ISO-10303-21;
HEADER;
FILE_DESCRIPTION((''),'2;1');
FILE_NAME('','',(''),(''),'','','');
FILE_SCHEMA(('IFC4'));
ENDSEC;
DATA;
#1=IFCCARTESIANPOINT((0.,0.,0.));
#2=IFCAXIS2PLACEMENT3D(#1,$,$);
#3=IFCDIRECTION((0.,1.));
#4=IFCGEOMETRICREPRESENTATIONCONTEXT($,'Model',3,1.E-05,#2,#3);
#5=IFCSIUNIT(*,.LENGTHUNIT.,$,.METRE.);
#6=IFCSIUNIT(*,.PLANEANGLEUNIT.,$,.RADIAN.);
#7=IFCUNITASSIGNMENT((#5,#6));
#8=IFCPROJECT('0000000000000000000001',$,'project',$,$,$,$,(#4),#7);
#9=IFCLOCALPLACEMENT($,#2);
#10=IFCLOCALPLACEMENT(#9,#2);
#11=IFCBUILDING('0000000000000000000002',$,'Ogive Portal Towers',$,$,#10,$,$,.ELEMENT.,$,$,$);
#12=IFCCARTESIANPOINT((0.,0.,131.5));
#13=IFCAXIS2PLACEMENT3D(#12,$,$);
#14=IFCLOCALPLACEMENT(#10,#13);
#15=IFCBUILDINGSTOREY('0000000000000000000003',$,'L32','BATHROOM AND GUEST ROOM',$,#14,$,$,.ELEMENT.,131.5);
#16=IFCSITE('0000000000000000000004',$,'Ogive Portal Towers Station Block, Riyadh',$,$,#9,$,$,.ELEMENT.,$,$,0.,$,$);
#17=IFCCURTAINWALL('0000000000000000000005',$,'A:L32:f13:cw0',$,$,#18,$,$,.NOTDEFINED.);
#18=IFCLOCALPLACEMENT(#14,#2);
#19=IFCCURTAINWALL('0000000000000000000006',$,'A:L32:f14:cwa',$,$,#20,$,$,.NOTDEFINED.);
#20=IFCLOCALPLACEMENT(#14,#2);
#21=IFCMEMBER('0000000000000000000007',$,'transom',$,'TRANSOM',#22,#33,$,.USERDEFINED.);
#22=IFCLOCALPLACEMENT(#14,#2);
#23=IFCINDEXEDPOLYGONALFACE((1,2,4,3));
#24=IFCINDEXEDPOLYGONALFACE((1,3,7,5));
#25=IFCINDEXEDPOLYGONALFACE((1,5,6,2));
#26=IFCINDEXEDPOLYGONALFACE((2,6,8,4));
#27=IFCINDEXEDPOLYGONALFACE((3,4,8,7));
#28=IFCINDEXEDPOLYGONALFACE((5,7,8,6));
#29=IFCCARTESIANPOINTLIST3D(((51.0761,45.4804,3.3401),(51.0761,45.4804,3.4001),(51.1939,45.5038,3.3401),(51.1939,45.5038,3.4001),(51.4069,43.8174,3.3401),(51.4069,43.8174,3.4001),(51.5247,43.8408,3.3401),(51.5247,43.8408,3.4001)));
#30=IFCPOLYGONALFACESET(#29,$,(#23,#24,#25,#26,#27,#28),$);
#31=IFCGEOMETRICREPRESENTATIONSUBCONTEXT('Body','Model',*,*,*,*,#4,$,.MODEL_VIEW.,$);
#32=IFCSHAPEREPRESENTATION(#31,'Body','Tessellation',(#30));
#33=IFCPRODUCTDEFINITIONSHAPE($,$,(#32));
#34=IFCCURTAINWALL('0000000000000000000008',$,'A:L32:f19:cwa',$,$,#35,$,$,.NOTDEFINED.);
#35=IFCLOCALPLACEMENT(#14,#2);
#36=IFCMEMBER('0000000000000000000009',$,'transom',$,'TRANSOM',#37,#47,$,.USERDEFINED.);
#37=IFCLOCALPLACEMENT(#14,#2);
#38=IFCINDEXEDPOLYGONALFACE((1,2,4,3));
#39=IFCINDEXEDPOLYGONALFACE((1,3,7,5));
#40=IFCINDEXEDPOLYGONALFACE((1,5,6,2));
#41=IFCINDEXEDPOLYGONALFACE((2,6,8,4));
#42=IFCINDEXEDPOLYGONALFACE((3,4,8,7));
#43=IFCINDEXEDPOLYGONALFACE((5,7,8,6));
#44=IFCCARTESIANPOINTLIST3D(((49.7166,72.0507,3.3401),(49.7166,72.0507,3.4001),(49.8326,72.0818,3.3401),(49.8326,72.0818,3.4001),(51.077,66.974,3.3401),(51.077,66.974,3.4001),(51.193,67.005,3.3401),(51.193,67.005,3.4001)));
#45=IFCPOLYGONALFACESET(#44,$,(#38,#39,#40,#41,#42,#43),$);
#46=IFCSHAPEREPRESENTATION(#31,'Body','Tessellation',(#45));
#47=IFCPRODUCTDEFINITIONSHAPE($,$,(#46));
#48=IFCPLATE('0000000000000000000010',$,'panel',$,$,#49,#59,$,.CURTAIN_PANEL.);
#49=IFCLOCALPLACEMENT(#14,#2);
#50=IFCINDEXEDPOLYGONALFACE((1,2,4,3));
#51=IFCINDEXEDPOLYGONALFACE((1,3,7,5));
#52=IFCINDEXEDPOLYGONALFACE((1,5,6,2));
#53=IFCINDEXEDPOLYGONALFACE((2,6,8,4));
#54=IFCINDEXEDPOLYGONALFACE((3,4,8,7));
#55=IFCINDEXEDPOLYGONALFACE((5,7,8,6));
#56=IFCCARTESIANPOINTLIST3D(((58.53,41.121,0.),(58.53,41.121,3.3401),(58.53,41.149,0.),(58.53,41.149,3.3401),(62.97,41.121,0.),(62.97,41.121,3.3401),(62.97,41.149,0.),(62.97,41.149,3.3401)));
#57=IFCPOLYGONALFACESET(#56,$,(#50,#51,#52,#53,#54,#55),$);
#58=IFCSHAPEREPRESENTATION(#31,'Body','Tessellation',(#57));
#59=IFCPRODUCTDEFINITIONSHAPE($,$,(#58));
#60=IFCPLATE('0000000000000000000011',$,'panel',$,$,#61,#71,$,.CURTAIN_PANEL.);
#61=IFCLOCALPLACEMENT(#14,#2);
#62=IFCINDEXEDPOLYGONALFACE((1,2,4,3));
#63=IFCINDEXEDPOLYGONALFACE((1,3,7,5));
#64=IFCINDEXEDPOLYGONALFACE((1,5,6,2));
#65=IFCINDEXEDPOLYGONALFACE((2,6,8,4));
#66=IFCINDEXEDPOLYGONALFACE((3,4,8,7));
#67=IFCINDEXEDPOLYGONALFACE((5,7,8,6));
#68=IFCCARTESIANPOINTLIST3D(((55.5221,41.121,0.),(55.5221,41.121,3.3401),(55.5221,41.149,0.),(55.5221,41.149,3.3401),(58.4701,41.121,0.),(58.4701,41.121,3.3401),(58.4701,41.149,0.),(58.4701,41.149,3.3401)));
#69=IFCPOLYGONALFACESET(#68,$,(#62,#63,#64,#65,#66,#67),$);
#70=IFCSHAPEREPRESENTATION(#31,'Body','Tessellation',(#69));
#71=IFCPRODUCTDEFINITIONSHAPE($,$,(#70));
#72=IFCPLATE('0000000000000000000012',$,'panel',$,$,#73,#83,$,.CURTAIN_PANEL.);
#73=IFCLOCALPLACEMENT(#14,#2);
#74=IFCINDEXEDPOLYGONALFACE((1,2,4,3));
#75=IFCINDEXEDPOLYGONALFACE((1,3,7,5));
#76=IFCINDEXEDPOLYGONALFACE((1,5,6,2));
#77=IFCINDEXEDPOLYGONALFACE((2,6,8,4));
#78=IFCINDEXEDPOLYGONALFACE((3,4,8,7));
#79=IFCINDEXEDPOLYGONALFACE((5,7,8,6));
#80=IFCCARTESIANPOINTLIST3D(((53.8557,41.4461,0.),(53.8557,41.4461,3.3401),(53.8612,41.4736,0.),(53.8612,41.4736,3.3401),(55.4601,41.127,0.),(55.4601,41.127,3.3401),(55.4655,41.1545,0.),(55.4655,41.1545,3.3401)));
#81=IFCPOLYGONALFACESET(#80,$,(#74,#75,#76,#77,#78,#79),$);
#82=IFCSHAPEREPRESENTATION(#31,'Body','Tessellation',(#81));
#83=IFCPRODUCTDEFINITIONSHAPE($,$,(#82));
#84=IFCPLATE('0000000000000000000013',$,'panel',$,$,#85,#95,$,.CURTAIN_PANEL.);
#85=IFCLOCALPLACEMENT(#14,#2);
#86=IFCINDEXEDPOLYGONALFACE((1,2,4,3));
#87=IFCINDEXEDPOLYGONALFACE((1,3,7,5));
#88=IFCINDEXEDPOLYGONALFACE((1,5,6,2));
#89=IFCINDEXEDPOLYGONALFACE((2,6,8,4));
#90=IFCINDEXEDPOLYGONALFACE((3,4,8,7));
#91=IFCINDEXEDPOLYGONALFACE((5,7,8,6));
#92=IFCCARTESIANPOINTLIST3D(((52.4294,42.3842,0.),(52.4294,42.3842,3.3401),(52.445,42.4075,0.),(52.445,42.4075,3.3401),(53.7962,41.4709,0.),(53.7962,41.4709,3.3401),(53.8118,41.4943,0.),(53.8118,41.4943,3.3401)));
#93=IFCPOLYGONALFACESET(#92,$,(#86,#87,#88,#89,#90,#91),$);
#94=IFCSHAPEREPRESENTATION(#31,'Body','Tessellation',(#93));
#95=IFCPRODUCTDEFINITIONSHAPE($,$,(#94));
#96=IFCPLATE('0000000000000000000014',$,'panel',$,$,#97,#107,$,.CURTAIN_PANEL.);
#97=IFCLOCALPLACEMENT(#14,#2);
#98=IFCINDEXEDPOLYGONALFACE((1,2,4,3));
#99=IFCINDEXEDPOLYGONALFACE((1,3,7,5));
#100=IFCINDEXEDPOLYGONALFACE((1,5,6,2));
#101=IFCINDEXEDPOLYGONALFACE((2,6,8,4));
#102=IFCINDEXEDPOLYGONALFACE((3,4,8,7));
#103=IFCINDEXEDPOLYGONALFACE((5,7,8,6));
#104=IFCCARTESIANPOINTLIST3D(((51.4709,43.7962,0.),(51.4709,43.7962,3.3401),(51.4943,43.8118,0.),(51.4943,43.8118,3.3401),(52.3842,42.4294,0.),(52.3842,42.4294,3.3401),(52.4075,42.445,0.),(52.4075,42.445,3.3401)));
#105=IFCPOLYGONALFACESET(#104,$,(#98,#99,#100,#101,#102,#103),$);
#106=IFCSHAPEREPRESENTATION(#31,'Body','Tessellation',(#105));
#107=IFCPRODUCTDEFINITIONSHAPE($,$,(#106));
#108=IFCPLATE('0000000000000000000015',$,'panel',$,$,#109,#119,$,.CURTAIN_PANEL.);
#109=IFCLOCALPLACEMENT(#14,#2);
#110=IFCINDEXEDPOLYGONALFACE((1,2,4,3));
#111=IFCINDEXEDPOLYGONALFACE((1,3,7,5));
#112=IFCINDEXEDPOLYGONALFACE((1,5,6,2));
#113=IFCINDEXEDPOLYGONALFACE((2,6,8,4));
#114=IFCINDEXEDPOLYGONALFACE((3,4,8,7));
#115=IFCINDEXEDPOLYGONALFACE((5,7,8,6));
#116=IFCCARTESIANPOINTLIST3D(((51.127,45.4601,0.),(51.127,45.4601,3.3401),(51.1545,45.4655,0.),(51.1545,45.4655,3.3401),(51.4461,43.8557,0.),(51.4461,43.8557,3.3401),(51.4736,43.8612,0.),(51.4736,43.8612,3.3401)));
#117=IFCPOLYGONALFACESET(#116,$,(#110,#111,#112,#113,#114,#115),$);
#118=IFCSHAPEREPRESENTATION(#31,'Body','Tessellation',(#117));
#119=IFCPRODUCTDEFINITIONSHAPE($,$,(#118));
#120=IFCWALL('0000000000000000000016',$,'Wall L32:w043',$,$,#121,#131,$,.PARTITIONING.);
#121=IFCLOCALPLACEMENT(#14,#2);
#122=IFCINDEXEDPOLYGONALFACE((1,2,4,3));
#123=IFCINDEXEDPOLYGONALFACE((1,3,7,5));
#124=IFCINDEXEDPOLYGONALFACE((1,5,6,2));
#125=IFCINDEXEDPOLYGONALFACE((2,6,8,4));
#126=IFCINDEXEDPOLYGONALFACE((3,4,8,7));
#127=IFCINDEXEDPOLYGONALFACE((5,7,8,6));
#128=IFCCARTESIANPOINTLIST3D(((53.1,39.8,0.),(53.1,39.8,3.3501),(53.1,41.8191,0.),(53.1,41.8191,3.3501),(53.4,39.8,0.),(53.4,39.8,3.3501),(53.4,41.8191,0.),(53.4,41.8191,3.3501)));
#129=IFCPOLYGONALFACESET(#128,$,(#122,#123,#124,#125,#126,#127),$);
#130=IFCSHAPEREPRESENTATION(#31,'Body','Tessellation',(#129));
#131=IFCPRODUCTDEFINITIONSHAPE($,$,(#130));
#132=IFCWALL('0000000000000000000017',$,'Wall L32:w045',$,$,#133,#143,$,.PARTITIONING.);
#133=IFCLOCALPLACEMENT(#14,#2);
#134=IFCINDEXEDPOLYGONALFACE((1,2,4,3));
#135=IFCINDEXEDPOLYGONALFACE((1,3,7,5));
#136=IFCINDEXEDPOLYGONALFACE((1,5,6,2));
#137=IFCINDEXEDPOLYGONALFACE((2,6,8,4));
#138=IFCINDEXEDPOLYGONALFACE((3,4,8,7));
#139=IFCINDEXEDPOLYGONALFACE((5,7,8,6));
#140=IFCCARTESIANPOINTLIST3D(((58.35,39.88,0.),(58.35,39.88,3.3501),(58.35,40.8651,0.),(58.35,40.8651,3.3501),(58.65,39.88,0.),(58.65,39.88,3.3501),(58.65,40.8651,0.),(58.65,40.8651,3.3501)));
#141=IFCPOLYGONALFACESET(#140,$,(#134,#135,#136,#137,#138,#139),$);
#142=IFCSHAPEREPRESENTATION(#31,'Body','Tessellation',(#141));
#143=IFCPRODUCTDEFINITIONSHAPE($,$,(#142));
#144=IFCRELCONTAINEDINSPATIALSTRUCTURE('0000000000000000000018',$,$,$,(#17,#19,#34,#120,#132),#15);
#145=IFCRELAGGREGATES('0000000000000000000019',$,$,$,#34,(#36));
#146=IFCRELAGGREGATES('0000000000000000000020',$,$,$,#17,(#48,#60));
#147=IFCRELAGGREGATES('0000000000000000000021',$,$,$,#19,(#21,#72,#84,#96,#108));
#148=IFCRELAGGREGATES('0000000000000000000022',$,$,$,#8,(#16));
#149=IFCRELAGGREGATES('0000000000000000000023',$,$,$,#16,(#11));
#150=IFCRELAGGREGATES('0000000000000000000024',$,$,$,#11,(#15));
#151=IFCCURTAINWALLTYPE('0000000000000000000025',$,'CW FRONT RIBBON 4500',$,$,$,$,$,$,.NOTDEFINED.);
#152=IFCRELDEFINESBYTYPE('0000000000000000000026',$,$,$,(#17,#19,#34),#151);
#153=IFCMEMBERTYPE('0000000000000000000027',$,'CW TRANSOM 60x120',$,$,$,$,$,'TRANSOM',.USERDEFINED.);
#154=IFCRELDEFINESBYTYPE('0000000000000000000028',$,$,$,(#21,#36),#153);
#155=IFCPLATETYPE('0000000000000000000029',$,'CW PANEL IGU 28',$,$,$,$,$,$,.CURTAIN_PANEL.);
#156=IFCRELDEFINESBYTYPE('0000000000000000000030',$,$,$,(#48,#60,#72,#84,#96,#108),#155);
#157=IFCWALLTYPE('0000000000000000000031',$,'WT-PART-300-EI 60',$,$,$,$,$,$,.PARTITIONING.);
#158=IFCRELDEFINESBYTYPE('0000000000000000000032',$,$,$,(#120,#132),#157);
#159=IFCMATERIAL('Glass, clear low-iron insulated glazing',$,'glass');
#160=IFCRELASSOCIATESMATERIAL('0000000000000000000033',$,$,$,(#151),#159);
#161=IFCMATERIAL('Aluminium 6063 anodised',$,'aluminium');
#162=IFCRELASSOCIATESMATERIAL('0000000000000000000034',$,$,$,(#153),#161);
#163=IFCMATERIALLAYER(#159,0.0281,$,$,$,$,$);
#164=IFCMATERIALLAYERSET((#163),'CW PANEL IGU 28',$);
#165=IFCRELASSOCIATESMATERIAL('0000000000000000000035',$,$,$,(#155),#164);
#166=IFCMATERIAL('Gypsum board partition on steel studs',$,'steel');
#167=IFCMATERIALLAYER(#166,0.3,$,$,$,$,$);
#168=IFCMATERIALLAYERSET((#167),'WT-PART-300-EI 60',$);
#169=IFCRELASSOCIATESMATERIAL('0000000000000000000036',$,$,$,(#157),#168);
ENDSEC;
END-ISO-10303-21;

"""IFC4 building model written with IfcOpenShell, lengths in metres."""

from ifc_helpers import new_model, si_unit, direction, frame, frame_2d, origin, origin_2d, place, context, subcontext, project, spatial, rectangle, extrude, material, layer, layer_set, material_profile, profile_set, type_object, element, aggregate, save


model = new_model("IFC4")

# Units and contexts
model_context = context("Model", 3, precision=1e-05, world=origin(), true_north=direction((0.0, 1.0)))
body_context = subcontext(model_context, "Body", "Model", "MODEL_VIEW")
ifc_project = project(units=[si_unit("LENGTHUNIT", "METRE"), si_unit("PLANEANGLEUNIT", "RADIAN")], contexts=[model_context])

# Site, building, storey
site_placement = place(None, origin())
site = spatial("IfcSite", under=ifc_project, at=site_placement, Name="Ogive Portal Towers Station Block, Riyadh", CompositionType="ELEMENT", RefElevation=0.0)
building_placement = place(site_placement, origin())
building = spatial("IfcBuilding", under=site, at=building_placement, Name="Ogive Portal Towers", CompositionType="ELEMENT")
storey_placement = place(building_placement, frame((0.0, 0.0, 131.5)))
storey = spatial("IfcBuildingStorey", under=building, at=storey_placement, Name="L32", Description="BATHROOM AND GUEST ROOM", CompositionType="ELEMENT", Elevation=131.5)

# Curtain walls, member
ifc_material_1 = material(Name="Glass, clear low-iron insulated glazing", Category="glass")
curtain_wall_type = type_object("IfcCurtainWallType", Name="CW FRONT RIBBON 4500", PredefinedType="NOTDEFINED", material=ifc_material_1)
curtain_wall_1_placement = place(storey_placement, origin())
curtain_wall_1 = element("IfcCurtainWall", 1, at=curtain_wall_1_placement, inside=storey, type_object=curtain_wall_type, Name="A:L32:f13:cw0", PredefinedType="NOTDEFINED")
ifc_material_2 = material(Name="Aluminium 6063 anodised", Category="aluminium")
curtain_wall_2_placement = place(storey_placement, origin())
curtain_wall_2 = element("IfcCurtainWall", 2, at=curtain_wall_2_placement, inside=storey, type_object=curtain_wall_type, Name="A:L32:f14:cwa", PredefinedType="NOTDEFINED")
ifc_material_profile_1 = material_profile(ifc_material_2, rectangle(XDim=0.1201, YDim=0.0601, at=origin_2d()), Name="AL 120x60")
ifc_profile_set_1 = profile_set([ifc_material_profile_1], Name="Aluminium 6063 anodised")
member_type_1 = type_object("IfcMemberType", Name="CW TRANSOM 60x120", ElementType="TRANSOM", PredefinedType="USERDEFINED", material=ifc_profile_set_1)
member_1_placement = place(storey_placement, frame((51.4658, 43.8291, 3.3701), z_axis=(-0.195092, 0.980785, 0.0), x_axis=(-0.980785, -0.195092, 0.0)))
member_1 = element("IfcMember", 3, at=member_1_placement, type_object=member_type_1, Name="transom", ObjectType="TRANSOM", PredefinedType="USERDEFINED", context=body_context, shape_type="SweptSolid", body=[
    extrude(rectangle(XDim=0.1201, YDim=0.0601, at=origin_2d()), origin(), (0.0, 0.0, 1.0), 1.6956),
])

# Curtain wall, member
curtain_wall_3_placement = place(storey_placement, origin())
curtain_wall_3 = element("IfcCurtainWall", 4, at=curtain_wall_3_placement, inside=storey, type_object=curtain_wall_type, Name="A:L32:f19:cwa", PredefinedType="NOTDEFINED")
member_2_placement = place(storey_placement, frame((51.135, 66.9895, 3.3701), z_axis=(-0.258831, 0.965923, 0.0), x_axis=(-0.965923, -0.258831, 0.0)))
member_2 = element("IfcMember", 5, at=member_2_placement, type_object=member_type_1, Name="transom", ObjectType="TRANSOM", PredefinedType="USERDEFINED", context=body_context, shape_type="SweptSolid", body=[
    extrude(rectangle(XDim=0.1201, YDim=0.0601, at=origin_2d()), origin(), (0.0, 0.0, 1.0), 5.2559),
])
aggregate(curtain_wall_3, [member_2])

# Plates
ifc_layer_1 = layer(ifc_material_1, 0.0281)
ifc_layer_set_1 = layer_set([ifc_layer_1], Name="CW PANEL IGU 28")
plate_type = type_object("IfcPlateType", Name="CW PANEL IGU 28", PredefinedType="CURTAIN_PANEL", material=ifc_layer_set_1)
plate_1_placement = place(storey_placement, frame((60.75, 41.135, 0.0), z_axis=(0.0, 0.0, 1.0), x_axis=(-1.0, 0.0, 0.0)))
plate_1 = element("IfcPlate", 6, at=plate_1_placement, type_object=plate_type, Name="panel", PredefinedType="CURTAIN_PANEL", context=body_context, shape_type="SweptSolid", body=[
    extrude(rectangle(XDim=4.4399, YDim=0.0281, at=origin_2d()), origin(), (0.0, 0.0, 1.0), 3.3401),
])
plate_2_placement = place(storey_placement, frame((56.9961, 41.135, 0.0), z_axis=(0.0, 0.0, 1.0), x_axis=(-1.0, 0.0, 0.0)))
plate_2 = element("IfcPlate", 7, at=plate_2_placement, type_object=plate_type, Name="panel", PredefinedType="CURTAIN_PANEL", context=body_context, shape_type="SweptSolid", body=[
    extrude(rectangle(XDim=2.948, YDim=0.0281, at=origin_2d()), origin(), (0.0, 0.0, 1.0), 3.3401),
])
aggregate(curtain_wall_1, [plate_1, plate_2])
plate_3_placement = place(storey_placement, frame((54.6606, 41.3003, 0.0), z_axis=(0.0, 0.0, 1.0), x_axis=(-0.980785, 0.19509, 0.0)))
plate_3 = element("IfcPlate", 8, at=plate_3_placement, type_object=plate_type, Name="panel", PredefinedType="CURTAIN_PANEL", context=body_context, shape_type="SweptSolid", body=[
    extrude(rectangle(XDim=1.6357, YDim=0.0281, at=origin_2d()), origin(), (0.0, 0.0, 1.0), 3.3401),
])
plate_4_placement = place(storey_placement, frame((53.1206, 41.9392, 0.0), z_axis=(0.0, 0.0, 1.0), x_axis=(-0.83147, 0.55557, 0.0)))
plate_4 = element("IfcPlate", 9, at=plate_4_placement, type_object=plate_type, Name="panel", PredefinedType="CURTAIN_PANEL", context=body_context, shape_type="SweptSolid", body=[
    extrude(rectangle(XDim=1.6438, YDim=0.0281, at=origin_2d()), origin(), (0.0, 0.0, 1.0), 3.3401),
])
plate_5_placement = place(storey_placement, frame((51.9392, 43.1206, 0.0), z_axis=(0.0, 0.0, 1.0), x_axis=(-0.55557, 0.83147, 0.0)))
plate_5 = element("IfcPlate", 10, at=plate_5_placement, type_object=plate_type, Name="panel", PredefinedType="CURTAIN_PANEL", context=body_context, shape_type="SweptSolid", body=[
    extrude(rectangle(XDim=1.6438, YDim=0.0281, at=origin_2d()), origin(), (0.0, 0.0, 1.0), 3.3401),
])
plate_6_placement = place(storey_placement, frame((51.3003, 44.6606, 0.0), z_axis=(0.0, 0.0, 1.0), x_axis=(-0.19509, 0.980785, 0.0)))
plate_6 = element("IfcPlate", 11, at=plate_6_placement, type_object=plate_type, Name="panel", PredefinedType="CURTAIN_PANEL", context=body_context, shape_type="SweptSolid", body=[
    extrude(rectangle(XDim=1.6357, YDim=0.0281, at=origin_2d()), origin(), (0.0, 0.0, 1.0), 3.3401),
])
aggregate(curtain_wall_2, [member_1, plate_3, plate_4, plate_5, plate_6])

# Walls
ifc_material_3 = material(Name="Gypsum board partition on steel studs", Category="steel")
ifc_layer_2 = layer(ifc_material_3, 0.3)
ifc_layer_set_2 = layer_set([ifc_layer_2], Name="WT-PART-300-EI 60")
wall_type_1 = type_object("IfcWallType", Name="WT-PART-300-EI 60", PredefinedType="PARTITIONING", material=ifc_layer_set_2)
wall_1_placement = place(storey_placement, frame((53.25, 39.8, 0.0), z_axis=(0.0, 0.0, 1.0), x_axis=(0.0, 1.0, 0.0)))
element("IfcWall", 12, at=wall_1_placement, inside=storey, type_object=wall_type_1, Name="Wall L32:w043", PredefinedType="PARTITIONING", context=body_context, shape_type="SweptSolid", body=[
    extrude(rectangle(XDim=2.019, YDim=0.3, at=frame_2d((1.0095, 0.0))), origin(), (0.0, 0.0, 1.0), 3.3501),
])
wall_2_placement = place(storey_placement, frame((58.5, 39.8799, 0.0), z_axis=(0.0, 0.0, 1.0), x_axis=(0.0, 1.0, 0.0)))
element("IfcWall", 13, at=wall_2_placement, inside=storey, type_object=wall_type_1, Name="Wall L32:w045", PredefinedType="PARTITIONING", context=body_context, shape_type="SweptSolid", body=[
    extrude(rectangle(XDim=0.9851, YDim=0.3, at=frame_2d((0.4927, 0.0))), origin(), (0.0, 0.0, 1.0), 3.3501),
])

save(model, "model.ifc")
